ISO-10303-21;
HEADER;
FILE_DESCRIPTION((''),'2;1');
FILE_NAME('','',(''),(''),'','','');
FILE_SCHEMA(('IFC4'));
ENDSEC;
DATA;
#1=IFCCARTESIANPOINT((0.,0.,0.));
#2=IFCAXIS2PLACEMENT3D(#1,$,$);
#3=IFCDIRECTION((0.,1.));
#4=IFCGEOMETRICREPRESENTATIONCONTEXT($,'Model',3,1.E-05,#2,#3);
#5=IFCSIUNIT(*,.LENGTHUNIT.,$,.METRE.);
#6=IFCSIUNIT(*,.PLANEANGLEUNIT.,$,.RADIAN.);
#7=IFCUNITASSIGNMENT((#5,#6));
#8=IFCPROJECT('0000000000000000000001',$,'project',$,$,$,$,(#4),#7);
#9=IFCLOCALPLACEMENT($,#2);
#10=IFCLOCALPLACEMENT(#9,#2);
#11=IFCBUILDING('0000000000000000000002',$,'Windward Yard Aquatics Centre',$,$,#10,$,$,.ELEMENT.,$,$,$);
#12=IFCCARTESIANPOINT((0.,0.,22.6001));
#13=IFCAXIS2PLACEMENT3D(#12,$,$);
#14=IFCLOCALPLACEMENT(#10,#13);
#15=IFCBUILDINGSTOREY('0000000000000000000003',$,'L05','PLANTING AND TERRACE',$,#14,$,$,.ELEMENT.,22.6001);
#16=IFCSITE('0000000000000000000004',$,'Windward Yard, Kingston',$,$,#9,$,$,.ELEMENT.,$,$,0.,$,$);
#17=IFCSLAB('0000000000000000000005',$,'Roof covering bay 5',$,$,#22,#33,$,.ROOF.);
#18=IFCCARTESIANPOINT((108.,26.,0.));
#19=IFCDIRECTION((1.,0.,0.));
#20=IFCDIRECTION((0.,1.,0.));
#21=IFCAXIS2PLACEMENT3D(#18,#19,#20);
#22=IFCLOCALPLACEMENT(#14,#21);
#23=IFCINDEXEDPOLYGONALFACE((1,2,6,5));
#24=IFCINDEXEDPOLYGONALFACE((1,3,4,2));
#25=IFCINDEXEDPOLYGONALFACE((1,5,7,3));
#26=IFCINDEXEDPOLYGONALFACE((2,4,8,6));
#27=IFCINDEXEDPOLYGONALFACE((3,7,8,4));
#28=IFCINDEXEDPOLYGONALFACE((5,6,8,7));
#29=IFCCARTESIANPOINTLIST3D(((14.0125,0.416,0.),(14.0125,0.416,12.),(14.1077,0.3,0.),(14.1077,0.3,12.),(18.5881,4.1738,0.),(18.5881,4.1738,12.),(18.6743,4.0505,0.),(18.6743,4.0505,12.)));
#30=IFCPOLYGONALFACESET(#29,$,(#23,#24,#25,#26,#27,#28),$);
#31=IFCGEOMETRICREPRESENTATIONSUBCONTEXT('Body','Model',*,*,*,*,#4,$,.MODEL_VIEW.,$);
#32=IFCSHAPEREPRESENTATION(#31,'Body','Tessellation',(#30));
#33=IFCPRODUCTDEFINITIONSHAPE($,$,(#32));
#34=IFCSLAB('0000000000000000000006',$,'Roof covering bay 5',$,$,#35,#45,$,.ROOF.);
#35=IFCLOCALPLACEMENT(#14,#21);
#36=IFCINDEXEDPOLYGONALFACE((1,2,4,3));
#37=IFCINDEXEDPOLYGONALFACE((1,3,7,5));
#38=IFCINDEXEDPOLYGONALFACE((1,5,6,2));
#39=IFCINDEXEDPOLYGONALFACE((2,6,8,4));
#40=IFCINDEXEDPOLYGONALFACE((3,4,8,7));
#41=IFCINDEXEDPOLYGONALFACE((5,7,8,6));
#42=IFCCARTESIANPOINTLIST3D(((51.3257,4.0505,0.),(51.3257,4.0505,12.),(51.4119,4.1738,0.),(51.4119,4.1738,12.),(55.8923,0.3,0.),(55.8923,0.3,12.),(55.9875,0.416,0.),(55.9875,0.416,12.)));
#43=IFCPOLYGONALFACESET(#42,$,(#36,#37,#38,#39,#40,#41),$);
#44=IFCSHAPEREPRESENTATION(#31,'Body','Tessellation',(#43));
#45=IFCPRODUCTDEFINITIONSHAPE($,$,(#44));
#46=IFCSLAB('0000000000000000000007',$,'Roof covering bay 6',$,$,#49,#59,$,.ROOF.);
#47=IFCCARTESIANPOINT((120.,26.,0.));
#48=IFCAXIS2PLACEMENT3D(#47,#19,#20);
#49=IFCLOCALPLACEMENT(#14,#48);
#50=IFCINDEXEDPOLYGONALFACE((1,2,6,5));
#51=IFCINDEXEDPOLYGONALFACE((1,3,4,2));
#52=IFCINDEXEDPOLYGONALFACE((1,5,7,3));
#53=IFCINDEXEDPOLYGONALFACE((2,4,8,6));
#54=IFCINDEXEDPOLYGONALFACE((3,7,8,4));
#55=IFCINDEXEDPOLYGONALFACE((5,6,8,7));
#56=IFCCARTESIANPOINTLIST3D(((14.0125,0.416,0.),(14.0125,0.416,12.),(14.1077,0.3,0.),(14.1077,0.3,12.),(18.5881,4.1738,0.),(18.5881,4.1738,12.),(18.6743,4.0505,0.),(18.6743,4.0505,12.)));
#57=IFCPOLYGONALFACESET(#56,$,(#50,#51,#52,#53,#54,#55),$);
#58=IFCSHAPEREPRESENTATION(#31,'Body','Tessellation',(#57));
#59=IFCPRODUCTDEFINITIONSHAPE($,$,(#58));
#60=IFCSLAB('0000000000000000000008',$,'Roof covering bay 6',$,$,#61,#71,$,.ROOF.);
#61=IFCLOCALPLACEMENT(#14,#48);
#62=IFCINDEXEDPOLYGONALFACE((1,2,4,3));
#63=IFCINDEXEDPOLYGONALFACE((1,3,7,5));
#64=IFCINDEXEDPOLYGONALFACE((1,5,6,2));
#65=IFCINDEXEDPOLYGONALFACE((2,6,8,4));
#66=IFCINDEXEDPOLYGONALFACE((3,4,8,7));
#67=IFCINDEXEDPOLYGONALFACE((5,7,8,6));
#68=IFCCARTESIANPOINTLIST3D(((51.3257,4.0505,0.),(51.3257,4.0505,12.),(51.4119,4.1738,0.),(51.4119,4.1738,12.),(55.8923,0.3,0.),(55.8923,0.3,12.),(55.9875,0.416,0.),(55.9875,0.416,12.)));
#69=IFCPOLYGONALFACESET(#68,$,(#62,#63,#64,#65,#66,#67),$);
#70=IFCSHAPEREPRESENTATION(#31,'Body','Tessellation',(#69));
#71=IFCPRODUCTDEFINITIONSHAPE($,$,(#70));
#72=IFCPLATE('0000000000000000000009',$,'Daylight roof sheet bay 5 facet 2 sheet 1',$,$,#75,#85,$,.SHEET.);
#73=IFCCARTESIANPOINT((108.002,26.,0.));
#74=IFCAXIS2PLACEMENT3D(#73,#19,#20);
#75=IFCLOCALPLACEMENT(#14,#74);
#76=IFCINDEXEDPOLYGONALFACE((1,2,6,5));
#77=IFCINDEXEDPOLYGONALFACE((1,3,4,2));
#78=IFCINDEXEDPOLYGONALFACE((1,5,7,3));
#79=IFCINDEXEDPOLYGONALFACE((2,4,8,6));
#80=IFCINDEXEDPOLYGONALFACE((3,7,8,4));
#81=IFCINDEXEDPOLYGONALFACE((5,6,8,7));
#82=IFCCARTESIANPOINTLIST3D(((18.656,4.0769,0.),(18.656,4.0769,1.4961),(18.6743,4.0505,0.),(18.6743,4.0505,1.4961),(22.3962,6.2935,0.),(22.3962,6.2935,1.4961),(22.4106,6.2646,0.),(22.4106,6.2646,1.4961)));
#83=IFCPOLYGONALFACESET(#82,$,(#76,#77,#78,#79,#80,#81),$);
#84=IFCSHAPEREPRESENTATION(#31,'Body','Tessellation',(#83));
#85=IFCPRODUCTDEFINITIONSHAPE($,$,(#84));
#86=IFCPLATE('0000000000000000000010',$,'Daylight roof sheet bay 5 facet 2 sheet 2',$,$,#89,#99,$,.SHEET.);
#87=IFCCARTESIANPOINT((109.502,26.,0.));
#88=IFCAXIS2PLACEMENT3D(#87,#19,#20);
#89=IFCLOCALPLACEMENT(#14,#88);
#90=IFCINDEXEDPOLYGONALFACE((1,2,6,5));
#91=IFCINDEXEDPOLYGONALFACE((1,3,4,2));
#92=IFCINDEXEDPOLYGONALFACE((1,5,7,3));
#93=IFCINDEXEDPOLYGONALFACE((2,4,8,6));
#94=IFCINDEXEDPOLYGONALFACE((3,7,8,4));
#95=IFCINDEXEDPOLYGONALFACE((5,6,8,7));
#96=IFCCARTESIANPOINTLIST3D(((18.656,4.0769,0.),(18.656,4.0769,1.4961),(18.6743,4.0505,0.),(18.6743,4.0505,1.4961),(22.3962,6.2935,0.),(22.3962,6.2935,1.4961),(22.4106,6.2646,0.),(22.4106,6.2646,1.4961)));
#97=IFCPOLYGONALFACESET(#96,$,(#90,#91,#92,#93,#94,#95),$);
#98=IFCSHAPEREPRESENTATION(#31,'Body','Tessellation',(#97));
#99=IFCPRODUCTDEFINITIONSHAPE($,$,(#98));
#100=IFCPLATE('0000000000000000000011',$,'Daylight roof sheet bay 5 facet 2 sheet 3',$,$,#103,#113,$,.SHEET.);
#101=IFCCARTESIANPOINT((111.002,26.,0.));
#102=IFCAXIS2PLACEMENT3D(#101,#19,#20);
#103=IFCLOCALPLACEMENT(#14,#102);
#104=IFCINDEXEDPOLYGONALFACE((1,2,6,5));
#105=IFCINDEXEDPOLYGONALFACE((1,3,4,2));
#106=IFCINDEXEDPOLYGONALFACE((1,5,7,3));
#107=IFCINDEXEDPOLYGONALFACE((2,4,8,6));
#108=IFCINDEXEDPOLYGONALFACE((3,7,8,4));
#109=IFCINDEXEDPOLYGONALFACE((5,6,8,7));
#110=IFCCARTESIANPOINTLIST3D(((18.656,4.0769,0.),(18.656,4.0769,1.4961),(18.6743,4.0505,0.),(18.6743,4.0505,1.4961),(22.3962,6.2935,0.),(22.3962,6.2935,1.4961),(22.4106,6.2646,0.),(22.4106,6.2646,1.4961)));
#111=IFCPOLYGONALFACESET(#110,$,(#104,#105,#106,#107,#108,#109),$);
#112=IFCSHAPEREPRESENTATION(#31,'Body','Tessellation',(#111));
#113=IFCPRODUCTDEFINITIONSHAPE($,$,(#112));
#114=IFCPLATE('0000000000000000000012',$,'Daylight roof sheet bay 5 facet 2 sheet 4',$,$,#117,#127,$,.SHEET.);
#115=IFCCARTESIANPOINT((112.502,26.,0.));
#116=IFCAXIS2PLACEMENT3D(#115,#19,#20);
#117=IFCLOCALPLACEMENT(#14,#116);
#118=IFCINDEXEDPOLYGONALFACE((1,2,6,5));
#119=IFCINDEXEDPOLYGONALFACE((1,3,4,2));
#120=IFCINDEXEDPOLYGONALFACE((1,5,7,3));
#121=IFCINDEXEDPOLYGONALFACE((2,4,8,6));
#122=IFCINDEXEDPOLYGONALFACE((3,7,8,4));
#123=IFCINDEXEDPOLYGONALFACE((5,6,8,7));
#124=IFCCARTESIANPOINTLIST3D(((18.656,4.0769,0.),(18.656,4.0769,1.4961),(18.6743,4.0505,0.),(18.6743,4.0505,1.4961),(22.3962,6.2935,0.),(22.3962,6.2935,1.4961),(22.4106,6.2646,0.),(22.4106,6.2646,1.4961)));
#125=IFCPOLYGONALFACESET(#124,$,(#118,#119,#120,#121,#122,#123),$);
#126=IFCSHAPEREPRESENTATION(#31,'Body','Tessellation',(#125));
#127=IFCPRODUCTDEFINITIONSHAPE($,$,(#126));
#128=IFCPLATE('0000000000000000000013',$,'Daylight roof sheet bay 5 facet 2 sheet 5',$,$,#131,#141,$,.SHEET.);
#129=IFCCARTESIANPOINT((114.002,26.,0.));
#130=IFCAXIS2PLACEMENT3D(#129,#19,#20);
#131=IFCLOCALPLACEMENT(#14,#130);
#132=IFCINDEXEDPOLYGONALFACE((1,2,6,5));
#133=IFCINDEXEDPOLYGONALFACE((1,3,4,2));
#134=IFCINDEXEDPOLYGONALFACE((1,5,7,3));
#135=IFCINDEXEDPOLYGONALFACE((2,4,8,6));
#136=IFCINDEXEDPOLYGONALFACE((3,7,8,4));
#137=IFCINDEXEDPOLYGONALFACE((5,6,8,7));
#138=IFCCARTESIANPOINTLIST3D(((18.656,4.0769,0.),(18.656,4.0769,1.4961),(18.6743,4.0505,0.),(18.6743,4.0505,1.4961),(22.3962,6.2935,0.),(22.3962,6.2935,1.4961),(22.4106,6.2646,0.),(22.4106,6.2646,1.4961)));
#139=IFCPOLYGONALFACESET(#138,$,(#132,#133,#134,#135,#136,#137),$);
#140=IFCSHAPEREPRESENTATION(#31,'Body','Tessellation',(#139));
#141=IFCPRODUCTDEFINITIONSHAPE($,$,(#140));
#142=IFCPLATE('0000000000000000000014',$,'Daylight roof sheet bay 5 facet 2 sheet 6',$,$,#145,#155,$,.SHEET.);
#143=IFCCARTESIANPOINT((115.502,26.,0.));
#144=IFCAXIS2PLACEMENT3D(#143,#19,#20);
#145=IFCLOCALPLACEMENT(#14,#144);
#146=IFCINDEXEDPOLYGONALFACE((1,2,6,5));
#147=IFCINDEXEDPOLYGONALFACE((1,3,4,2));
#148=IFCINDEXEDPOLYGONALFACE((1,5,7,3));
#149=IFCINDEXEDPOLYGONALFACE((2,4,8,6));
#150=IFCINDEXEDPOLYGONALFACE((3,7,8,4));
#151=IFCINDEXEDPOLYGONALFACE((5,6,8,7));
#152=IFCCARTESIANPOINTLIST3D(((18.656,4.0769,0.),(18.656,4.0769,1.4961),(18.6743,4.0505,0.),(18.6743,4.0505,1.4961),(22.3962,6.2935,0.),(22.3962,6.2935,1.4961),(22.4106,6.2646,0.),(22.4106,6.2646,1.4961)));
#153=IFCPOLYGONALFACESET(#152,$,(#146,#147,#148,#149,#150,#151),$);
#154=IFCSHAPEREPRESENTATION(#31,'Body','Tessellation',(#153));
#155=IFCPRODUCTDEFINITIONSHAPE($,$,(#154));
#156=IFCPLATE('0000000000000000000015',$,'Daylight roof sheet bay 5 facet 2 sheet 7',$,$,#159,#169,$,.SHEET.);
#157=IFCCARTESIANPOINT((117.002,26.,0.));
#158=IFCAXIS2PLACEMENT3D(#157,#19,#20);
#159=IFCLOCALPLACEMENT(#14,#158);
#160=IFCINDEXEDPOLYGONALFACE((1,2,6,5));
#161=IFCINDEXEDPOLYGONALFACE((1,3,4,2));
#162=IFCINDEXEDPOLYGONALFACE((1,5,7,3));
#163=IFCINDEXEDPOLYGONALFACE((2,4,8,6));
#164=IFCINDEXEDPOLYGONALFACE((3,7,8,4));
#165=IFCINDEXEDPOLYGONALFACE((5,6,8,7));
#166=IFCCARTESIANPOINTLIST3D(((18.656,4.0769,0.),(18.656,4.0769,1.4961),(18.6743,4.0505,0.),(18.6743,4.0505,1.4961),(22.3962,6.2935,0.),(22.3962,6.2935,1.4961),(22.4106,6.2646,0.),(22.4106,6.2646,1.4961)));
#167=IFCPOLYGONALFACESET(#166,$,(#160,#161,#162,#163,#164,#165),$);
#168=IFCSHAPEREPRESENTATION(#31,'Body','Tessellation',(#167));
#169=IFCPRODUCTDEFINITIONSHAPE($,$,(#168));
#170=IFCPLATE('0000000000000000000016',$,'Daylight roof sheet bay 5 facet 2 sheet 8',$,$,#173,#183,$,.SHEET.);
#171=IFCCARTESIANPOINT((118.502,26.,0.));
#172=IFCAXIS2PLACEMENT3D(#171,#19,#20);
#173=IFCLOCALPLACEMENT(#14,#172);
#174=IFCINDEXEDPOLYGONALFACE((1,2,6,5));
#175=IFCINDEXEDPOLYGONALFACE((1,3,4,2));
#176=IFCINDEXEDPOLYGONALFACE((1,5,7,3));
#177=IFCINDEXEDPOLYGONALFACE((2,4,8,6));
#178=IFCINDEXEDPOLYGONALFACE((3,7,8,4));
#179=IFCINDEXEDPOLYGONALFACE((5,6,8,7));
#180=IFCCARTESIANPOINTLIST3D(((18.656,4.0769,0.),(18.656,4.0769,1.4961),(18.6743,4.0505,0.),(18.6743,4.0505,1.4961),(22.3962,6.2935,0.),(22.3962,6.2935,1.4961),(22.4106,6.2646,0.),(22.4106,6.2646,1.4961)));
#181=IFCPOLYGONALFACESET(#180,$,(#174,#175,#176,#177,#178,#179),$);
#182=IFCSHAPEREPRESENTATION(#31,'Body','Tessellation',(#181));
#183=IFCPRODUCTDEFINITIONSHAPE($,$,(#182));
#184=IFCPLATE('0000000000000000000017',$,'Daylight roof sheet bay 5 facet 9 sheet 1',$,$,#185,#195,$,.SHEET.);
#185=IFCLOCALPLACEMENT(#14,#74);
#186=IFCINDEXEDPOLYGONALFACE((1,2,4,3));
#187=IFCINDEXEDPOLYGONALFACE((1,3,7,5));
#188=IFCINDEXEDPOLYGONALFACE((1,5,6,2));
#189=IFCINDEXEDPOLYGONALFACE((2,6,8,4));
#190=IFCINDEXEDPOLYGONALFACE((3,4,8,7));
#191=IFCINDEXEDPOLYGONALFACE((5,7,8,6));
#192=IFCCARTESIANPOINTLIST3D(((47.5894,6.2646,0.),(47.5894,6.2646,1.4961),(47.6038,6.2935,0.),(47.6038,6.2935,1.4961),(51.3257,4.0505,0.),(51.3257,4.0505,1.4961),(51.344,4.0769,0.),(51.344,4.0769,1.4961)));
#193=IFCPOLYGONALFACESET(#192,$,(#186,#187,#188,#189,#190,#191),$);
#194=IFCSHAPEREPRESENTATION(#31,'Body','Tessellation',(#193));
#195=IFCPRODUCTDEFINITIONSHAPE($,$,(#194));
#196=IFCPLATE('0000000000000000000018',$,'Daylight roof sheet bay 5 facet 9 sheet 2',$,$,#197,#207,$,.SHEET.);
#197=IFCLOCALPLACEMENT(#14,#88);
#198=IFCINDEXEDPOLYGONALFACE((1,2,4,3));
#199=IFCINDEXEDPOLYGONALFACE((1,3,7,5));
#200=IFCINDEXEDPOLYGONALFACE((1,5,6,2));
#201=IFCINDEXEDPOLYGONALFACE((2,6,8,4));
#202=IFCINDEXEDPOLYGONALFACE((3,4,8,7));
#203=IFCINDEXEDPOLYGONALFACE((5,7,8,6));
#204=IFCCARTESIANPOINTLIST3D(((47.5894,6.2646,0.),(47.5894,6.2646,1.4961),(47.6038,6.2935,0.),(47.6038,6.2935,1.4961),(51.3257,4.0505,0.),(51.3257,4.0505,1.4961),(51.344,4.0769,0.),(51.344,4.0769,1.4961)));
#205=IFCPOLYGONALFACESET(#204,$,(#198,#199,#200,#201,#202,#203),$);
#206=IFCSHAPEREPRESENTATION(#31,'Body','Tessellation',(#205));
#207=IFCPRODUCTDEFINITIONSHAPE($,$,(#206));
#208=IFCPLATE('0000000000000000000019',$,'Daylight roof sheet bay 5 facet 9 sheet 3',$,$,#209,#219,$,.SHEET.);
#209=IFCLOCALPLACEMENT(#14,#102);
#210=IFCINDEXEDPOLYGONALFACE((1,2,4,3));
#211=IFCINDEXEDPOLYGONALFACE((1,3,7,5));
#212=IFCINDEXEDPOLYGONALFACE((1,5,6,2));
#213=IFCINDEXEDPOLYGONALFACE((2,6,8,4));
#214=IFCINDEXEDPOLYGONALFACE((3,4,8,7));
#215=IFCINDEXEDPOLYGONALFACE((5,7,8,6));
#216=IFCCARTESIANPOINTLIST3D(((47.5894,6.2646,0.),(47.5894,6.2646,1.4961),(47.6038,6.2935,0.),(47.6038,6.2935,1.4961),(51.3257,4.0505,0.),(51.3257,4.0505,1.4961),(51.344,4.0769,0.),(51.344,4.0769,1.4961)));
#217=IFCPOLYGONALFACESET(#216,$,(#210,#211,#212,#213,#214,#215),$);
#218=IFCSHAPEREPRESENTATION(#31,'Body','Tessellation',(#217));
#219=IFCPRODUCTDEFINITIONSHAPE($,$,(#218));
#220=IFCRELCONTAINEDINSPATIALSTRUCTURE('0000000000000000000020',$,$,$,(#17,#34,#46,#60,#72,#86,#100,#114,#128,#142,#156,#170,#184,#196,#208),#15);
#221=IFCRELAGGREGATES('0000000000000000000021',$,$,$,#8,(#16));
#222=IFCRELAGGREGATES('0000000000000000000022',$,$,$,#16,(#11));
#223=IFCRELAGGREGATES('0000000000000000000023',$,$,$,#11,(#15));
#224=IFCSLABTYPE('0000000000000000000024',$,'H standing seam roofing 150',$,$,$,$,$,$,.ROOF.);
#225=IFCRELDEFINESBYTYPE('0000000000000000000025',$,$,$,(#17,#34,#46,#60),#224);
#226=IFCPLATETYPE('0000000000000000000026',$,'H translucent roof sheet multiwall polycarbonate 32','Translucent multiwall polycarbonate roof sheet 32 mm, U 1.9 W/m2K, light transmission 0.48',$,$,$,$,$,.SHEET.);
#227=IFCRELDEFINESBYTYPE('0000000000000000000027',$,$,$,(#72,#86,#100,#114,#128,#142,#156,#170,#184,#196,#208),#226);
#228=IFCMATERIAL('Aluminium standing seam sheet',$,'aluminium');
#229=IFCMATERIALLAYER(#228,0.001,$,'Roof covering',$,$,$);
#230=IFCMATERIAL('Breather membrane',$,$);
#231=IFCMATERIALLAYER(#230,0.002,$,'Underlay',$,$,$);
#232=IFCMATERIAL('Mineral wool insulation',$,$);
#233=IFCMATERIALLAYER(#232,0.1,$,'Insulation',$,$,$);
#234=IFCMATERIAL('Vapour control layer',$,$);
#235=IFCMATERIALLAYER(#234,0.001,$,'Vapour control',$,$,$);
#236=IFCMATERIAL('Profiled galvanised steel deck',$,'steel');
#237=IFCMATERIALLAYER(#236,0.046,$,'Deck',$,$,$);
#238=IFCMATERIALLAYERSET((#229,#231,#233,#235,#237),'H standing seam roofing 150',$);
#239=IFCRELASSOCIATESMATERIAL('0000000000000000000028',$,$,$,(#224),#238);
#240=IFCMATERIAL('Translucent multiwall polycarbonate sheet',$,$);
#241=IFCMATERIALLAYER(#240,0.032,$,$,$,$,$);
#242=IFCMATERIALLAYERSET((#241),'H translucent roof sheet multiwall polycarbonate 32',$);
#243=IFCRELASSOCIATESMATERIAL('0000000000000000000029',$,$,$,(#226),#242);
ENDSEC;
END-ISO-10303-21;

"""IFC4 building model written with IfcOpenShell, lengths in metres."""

from ifc_helpers import new_model, si_unit, direction, frame, origin, place, context, subcontext, project, spatial, polyline, outline, extrude, material, layer, layer_set, type_object, element, save


model = new_model("IFC4")

# Units and contexts
model_context = context("Model", 3, precision=1e-05, world=origin(), true_north=direction((0.0, 1.0)))
body_context = subcontext(model_context, "Body", "Model", "MODEL_VIEW")
ifc_project = project(units=[si_unit("LENGTHUNIT", "METRE"), si_unit("PLANEANGLEUNIT", "RADIAN")], contexts=[model_context])

# Site, building, storey
site_placement = place(None, origin())
site = spatial("IfcSite", under=ifc_project, at=site_placement, Name="Windward Yard, Kingston", CompositionType="ELEMENT", RefElevation=0.0)
building_placement = place(site_placement, origin())
building = spatial("IfcBuilding", under=site, at=building_placement, Name="Windward Yard Aquatics Centre", CompositionType="ELEMENT")
storey_placement = place(building_placement, frame((0.0, 0.0, 22.6001)))
storey = spatial("IfcBuildingStorey", under=building, at=storey_placement, Name="L05", Description="PLANTING AND TERRACE", CompositionType="ELEMENT", Elevation=22.6001)

# Slabs
ifc_material_1 = material(Name="Aluminium standing seam sheet", Category="aluminium")
ifc_layer_1 = layer(ifc_material_1, 0.001, Name="Roof covering")
ifc_material_2 = material(Name="Breather membrane")
ifc_layer_2 = layer(ifc_material_2, 0.002, Name="Underlay")
ifc_material_3 = material(Name="Mineral wool insulation")
ifc_layer_3 = layer(ifc_material_3, 0.1, Name="Insulation")
ifc_material_4 = material(Name="Vapour control layer")
ifc_layer_4 = layer(ifc_material_4, 0.001, Name="Vapour control")
ifc_material_5 = material(Name="Profiled galvanised steel deck", Category="steel")
ifc_layer_5 = layer(ifc_material_5, 0.046, Name="Deck")
ifc_layer_set_1 = layer_set([ifc_layer_1, ifc_layer_2, ifc_layer_3, ifc_layer_4, ifc_layer_5], Name="H standing seam roofing 150")
slab_type = type_object("IfcSlabType", Name="H standing seam roofing 150", PredefinedType="ROOF", material=ifc_layer_set_1)
slab_1_placement = place(storey_placement, frame((108.0, 26.0, 0.0), z_axis=(1.0, 0.0, 0.0), x_axis=(0.0, 1.0, 0.0)))
element("IfcSlab", 1, at=slab_1_placement, inside=storey, type_object=slab_type, Name="Roof covering bay 5", PredefinedType="ROOF", context=body_context, shape_type="SweptSolid", body=[
    extrude(outline(polyline([(14.1077, 0.3), (18.6743, 4.0505), (18.5881, 4.1738), (14.0125, 0.416), (14.1077, 0.3)])), origin(), (0.0, 0.0, 1.0), 12.0),
])
slab_2_placement = place(storey_placement, frame((108.0, 26.0, 0.0), z_axis=(1.0, 0.0, 0.0), x_axis=(0.0, 1.0, 0.0)))
element("IfcSlab", 2, at=slab_2_placement, inside=storey, type_object=slab_type, Name="Roof covering bay 5", PredefinedType="ROOF", context=body_context, shape_type="SweptSolid", body=[
    extrude(outline(polyline([(51.3257, 4.0505), (55.8923, 0.3), (55.9875, 0.416), (51.4119, 4.1738), (51.3257, 4.0505)])), origin(), (0.0, 0.0, 1.0), 12.0),
])
slab_3_placement = place(storey_placement, frame((120.0, 26.0, 0.0), z_axis=(1.0, 0.0, 0.0), x_axis=(0.0, 1.0, 0.0)))
element("IfcSlab", 3, at=slab_3_placement, inside=storey, type_object=slab_type, Name="Roof covering bay 6", PredefinedType="ROOF", context=body_context, shape_type="SweptSolid", body=[
    extrude(outline(polyline([(14.1077, 0.3), (18.6743, 4.0505), (18.5881, 4.1738), (14.0125, 0.416), (14.1077, 0.3)])), origin(), (0.0, 0.0, 1.0), 12.0),
])
slab_4_placement = place(storey_placement, frame((120.0, 26.0, 0.0), z_axis=(1.0, 0.0, 0.0), x_axis=(0.0, 1.0, 0.0)))
element("IfcSlab", 4, at=slab_4_placement, inside=storey, type_object=slab_type, Name="Roof covering bay 6", PredefinedType="ROOF", context=body_context, shape_type="SweptSolid", body=[
    extrude(outline(polyline([(51.3257, 4.0505), (55.8923, 0.3), (55.9875, 0.416), (51.4119, 4.1738), (51.3257, 4.0505)])), origin(), (0.0, 0.0, 1.0), 12.0),
])

# Plates
ifc_material_6 = material(Name="Translucent multiwall polycarbonate sheet")
ifc_layer_6 = layer(ifc_material_6, 0.032)
ifc_layer_set_2 = layer_set([ifc_layer_6], Name="H translucent roof sheet multiwall polycarbonate 32")
plate_type = type_object("IfcPlateType", Name="H translucent roof sheet multiwall polycarbonate 32", Description="Translucent multiwall polycarbonate roof sheet 32 mm, U 1.9 W/m2K, light transmission 0.48", PredefinedType="SHEET", material=ifc_layer_set_2)
for number, where, z_axis, x_axis, name in (
    (5, (108.002, 26.0, 0.0), (1.0, 0.0, 0.0), (0.0, 1.0, 0.0), "Daylight roof sheet bay 5 facet 2 sheet 1"),
    (6, (109.502, 26.0, 0.0), (1.0, 0.0, 0.0), (0.0, 1.0, 0.0), "Daylight roof sheet bay 5 facet 2 sheet 2"),
    (7, (111.002, 26.0, 0.0), (1.0, 0.0, 0.0), (0.0, 1.0, 0.0), "Daylight roof sheet bay 5 facet 2 sheet 3"),
    (8, (112.502, 26.0, 0.0), (1.0, 0.0, 0.0), (0.0, 1.0, 0.0), "Daylight roof sheet bay 5 facet 2 sheet 4"),
    (9, (114.002, 26.0, 0.0), (1.0, 0.0, 0.0), (0.0, 1.0, 0.0), "Daylight roof sheet bay 5 facet 2 sheet 5"),
    (10, (115.502, 26.0, 0.0), (1.0, 0.0, 0.0), (0.0, 1.0, 0.0), "Daylight roof sheet bay 5 facet 2 sheet 6"),
    (11, (117.002, 26.0, 0.0), (1.0, 0.0, 0.0), (0.0, 1.0, 0.0), "Daylight roof sheet bay 5 facet 2 sheet 7"),
    (12, (118.502, 26.0, 0.0), (1.0, 0.0, 0.0), (0.0, 1.0, 0.0), "Daylight roof sheet bay 5 facet 2 sheet 8"),
):
    element("IfcPlate", number, at=place(storey_placement, frame(where, z_axis=z_axis, x_axis=x_axis)), inside=storey, type_object=plate_type, Name=name, PredefinedType="SHEET", context=body_context, shape_type="SweptSolid", body=[
        extrude(outline(polyline([(18.6743, 4.0505), (22.4106, 6.2646), (22.3962, 6.2935), (18.656, 4.0769), (18.6743, 4.0505)])), origin(), (0.0, 0.0, 1.0), 1.4961),
    ])
for number, where, z_axis, x_axis, name in (
    (13, (108.002, 26.0, 0.0), (1.0, 0.0, 0.0), (0.0, 1.0, 0.0), "Daylight roof sheet bay 5 facet 9 sheet 1"),
    (14, (109.502, 26.0, 0.0), (1.0, 0.0, 0.0), (0.0, 1.0, 0.0), "Daylight roof sheet bay 5 facet 9 sheet 2"),
    (15, (111.002, 26.0, 0.0), (1.0, 0.0, 0.0), (0.0, 1.0, 0.0), "Daylight roof sheet bay 5 facet 9 sheet 3"),
):
    element("IfcPlate", number, at=place(storey_placement, frame(where, z_axis=z_axis, x_axis=x_axis)), inside=storey, type_object=plate_type, Name=name, PredefinedType="SHEET", context=body_context, shape_type="SweptSolid", body=[
        extrude(outline(polyline([(47.5894, 6.2646), (51.3257, 4.0505), (51.344, 4.0769), (47.6038, 6.2935), (47.5894, 6.2646)])), origin(), (0.0, 0.0, 1.0), 1.4961),
    ])

save(model, "model.ifc")
